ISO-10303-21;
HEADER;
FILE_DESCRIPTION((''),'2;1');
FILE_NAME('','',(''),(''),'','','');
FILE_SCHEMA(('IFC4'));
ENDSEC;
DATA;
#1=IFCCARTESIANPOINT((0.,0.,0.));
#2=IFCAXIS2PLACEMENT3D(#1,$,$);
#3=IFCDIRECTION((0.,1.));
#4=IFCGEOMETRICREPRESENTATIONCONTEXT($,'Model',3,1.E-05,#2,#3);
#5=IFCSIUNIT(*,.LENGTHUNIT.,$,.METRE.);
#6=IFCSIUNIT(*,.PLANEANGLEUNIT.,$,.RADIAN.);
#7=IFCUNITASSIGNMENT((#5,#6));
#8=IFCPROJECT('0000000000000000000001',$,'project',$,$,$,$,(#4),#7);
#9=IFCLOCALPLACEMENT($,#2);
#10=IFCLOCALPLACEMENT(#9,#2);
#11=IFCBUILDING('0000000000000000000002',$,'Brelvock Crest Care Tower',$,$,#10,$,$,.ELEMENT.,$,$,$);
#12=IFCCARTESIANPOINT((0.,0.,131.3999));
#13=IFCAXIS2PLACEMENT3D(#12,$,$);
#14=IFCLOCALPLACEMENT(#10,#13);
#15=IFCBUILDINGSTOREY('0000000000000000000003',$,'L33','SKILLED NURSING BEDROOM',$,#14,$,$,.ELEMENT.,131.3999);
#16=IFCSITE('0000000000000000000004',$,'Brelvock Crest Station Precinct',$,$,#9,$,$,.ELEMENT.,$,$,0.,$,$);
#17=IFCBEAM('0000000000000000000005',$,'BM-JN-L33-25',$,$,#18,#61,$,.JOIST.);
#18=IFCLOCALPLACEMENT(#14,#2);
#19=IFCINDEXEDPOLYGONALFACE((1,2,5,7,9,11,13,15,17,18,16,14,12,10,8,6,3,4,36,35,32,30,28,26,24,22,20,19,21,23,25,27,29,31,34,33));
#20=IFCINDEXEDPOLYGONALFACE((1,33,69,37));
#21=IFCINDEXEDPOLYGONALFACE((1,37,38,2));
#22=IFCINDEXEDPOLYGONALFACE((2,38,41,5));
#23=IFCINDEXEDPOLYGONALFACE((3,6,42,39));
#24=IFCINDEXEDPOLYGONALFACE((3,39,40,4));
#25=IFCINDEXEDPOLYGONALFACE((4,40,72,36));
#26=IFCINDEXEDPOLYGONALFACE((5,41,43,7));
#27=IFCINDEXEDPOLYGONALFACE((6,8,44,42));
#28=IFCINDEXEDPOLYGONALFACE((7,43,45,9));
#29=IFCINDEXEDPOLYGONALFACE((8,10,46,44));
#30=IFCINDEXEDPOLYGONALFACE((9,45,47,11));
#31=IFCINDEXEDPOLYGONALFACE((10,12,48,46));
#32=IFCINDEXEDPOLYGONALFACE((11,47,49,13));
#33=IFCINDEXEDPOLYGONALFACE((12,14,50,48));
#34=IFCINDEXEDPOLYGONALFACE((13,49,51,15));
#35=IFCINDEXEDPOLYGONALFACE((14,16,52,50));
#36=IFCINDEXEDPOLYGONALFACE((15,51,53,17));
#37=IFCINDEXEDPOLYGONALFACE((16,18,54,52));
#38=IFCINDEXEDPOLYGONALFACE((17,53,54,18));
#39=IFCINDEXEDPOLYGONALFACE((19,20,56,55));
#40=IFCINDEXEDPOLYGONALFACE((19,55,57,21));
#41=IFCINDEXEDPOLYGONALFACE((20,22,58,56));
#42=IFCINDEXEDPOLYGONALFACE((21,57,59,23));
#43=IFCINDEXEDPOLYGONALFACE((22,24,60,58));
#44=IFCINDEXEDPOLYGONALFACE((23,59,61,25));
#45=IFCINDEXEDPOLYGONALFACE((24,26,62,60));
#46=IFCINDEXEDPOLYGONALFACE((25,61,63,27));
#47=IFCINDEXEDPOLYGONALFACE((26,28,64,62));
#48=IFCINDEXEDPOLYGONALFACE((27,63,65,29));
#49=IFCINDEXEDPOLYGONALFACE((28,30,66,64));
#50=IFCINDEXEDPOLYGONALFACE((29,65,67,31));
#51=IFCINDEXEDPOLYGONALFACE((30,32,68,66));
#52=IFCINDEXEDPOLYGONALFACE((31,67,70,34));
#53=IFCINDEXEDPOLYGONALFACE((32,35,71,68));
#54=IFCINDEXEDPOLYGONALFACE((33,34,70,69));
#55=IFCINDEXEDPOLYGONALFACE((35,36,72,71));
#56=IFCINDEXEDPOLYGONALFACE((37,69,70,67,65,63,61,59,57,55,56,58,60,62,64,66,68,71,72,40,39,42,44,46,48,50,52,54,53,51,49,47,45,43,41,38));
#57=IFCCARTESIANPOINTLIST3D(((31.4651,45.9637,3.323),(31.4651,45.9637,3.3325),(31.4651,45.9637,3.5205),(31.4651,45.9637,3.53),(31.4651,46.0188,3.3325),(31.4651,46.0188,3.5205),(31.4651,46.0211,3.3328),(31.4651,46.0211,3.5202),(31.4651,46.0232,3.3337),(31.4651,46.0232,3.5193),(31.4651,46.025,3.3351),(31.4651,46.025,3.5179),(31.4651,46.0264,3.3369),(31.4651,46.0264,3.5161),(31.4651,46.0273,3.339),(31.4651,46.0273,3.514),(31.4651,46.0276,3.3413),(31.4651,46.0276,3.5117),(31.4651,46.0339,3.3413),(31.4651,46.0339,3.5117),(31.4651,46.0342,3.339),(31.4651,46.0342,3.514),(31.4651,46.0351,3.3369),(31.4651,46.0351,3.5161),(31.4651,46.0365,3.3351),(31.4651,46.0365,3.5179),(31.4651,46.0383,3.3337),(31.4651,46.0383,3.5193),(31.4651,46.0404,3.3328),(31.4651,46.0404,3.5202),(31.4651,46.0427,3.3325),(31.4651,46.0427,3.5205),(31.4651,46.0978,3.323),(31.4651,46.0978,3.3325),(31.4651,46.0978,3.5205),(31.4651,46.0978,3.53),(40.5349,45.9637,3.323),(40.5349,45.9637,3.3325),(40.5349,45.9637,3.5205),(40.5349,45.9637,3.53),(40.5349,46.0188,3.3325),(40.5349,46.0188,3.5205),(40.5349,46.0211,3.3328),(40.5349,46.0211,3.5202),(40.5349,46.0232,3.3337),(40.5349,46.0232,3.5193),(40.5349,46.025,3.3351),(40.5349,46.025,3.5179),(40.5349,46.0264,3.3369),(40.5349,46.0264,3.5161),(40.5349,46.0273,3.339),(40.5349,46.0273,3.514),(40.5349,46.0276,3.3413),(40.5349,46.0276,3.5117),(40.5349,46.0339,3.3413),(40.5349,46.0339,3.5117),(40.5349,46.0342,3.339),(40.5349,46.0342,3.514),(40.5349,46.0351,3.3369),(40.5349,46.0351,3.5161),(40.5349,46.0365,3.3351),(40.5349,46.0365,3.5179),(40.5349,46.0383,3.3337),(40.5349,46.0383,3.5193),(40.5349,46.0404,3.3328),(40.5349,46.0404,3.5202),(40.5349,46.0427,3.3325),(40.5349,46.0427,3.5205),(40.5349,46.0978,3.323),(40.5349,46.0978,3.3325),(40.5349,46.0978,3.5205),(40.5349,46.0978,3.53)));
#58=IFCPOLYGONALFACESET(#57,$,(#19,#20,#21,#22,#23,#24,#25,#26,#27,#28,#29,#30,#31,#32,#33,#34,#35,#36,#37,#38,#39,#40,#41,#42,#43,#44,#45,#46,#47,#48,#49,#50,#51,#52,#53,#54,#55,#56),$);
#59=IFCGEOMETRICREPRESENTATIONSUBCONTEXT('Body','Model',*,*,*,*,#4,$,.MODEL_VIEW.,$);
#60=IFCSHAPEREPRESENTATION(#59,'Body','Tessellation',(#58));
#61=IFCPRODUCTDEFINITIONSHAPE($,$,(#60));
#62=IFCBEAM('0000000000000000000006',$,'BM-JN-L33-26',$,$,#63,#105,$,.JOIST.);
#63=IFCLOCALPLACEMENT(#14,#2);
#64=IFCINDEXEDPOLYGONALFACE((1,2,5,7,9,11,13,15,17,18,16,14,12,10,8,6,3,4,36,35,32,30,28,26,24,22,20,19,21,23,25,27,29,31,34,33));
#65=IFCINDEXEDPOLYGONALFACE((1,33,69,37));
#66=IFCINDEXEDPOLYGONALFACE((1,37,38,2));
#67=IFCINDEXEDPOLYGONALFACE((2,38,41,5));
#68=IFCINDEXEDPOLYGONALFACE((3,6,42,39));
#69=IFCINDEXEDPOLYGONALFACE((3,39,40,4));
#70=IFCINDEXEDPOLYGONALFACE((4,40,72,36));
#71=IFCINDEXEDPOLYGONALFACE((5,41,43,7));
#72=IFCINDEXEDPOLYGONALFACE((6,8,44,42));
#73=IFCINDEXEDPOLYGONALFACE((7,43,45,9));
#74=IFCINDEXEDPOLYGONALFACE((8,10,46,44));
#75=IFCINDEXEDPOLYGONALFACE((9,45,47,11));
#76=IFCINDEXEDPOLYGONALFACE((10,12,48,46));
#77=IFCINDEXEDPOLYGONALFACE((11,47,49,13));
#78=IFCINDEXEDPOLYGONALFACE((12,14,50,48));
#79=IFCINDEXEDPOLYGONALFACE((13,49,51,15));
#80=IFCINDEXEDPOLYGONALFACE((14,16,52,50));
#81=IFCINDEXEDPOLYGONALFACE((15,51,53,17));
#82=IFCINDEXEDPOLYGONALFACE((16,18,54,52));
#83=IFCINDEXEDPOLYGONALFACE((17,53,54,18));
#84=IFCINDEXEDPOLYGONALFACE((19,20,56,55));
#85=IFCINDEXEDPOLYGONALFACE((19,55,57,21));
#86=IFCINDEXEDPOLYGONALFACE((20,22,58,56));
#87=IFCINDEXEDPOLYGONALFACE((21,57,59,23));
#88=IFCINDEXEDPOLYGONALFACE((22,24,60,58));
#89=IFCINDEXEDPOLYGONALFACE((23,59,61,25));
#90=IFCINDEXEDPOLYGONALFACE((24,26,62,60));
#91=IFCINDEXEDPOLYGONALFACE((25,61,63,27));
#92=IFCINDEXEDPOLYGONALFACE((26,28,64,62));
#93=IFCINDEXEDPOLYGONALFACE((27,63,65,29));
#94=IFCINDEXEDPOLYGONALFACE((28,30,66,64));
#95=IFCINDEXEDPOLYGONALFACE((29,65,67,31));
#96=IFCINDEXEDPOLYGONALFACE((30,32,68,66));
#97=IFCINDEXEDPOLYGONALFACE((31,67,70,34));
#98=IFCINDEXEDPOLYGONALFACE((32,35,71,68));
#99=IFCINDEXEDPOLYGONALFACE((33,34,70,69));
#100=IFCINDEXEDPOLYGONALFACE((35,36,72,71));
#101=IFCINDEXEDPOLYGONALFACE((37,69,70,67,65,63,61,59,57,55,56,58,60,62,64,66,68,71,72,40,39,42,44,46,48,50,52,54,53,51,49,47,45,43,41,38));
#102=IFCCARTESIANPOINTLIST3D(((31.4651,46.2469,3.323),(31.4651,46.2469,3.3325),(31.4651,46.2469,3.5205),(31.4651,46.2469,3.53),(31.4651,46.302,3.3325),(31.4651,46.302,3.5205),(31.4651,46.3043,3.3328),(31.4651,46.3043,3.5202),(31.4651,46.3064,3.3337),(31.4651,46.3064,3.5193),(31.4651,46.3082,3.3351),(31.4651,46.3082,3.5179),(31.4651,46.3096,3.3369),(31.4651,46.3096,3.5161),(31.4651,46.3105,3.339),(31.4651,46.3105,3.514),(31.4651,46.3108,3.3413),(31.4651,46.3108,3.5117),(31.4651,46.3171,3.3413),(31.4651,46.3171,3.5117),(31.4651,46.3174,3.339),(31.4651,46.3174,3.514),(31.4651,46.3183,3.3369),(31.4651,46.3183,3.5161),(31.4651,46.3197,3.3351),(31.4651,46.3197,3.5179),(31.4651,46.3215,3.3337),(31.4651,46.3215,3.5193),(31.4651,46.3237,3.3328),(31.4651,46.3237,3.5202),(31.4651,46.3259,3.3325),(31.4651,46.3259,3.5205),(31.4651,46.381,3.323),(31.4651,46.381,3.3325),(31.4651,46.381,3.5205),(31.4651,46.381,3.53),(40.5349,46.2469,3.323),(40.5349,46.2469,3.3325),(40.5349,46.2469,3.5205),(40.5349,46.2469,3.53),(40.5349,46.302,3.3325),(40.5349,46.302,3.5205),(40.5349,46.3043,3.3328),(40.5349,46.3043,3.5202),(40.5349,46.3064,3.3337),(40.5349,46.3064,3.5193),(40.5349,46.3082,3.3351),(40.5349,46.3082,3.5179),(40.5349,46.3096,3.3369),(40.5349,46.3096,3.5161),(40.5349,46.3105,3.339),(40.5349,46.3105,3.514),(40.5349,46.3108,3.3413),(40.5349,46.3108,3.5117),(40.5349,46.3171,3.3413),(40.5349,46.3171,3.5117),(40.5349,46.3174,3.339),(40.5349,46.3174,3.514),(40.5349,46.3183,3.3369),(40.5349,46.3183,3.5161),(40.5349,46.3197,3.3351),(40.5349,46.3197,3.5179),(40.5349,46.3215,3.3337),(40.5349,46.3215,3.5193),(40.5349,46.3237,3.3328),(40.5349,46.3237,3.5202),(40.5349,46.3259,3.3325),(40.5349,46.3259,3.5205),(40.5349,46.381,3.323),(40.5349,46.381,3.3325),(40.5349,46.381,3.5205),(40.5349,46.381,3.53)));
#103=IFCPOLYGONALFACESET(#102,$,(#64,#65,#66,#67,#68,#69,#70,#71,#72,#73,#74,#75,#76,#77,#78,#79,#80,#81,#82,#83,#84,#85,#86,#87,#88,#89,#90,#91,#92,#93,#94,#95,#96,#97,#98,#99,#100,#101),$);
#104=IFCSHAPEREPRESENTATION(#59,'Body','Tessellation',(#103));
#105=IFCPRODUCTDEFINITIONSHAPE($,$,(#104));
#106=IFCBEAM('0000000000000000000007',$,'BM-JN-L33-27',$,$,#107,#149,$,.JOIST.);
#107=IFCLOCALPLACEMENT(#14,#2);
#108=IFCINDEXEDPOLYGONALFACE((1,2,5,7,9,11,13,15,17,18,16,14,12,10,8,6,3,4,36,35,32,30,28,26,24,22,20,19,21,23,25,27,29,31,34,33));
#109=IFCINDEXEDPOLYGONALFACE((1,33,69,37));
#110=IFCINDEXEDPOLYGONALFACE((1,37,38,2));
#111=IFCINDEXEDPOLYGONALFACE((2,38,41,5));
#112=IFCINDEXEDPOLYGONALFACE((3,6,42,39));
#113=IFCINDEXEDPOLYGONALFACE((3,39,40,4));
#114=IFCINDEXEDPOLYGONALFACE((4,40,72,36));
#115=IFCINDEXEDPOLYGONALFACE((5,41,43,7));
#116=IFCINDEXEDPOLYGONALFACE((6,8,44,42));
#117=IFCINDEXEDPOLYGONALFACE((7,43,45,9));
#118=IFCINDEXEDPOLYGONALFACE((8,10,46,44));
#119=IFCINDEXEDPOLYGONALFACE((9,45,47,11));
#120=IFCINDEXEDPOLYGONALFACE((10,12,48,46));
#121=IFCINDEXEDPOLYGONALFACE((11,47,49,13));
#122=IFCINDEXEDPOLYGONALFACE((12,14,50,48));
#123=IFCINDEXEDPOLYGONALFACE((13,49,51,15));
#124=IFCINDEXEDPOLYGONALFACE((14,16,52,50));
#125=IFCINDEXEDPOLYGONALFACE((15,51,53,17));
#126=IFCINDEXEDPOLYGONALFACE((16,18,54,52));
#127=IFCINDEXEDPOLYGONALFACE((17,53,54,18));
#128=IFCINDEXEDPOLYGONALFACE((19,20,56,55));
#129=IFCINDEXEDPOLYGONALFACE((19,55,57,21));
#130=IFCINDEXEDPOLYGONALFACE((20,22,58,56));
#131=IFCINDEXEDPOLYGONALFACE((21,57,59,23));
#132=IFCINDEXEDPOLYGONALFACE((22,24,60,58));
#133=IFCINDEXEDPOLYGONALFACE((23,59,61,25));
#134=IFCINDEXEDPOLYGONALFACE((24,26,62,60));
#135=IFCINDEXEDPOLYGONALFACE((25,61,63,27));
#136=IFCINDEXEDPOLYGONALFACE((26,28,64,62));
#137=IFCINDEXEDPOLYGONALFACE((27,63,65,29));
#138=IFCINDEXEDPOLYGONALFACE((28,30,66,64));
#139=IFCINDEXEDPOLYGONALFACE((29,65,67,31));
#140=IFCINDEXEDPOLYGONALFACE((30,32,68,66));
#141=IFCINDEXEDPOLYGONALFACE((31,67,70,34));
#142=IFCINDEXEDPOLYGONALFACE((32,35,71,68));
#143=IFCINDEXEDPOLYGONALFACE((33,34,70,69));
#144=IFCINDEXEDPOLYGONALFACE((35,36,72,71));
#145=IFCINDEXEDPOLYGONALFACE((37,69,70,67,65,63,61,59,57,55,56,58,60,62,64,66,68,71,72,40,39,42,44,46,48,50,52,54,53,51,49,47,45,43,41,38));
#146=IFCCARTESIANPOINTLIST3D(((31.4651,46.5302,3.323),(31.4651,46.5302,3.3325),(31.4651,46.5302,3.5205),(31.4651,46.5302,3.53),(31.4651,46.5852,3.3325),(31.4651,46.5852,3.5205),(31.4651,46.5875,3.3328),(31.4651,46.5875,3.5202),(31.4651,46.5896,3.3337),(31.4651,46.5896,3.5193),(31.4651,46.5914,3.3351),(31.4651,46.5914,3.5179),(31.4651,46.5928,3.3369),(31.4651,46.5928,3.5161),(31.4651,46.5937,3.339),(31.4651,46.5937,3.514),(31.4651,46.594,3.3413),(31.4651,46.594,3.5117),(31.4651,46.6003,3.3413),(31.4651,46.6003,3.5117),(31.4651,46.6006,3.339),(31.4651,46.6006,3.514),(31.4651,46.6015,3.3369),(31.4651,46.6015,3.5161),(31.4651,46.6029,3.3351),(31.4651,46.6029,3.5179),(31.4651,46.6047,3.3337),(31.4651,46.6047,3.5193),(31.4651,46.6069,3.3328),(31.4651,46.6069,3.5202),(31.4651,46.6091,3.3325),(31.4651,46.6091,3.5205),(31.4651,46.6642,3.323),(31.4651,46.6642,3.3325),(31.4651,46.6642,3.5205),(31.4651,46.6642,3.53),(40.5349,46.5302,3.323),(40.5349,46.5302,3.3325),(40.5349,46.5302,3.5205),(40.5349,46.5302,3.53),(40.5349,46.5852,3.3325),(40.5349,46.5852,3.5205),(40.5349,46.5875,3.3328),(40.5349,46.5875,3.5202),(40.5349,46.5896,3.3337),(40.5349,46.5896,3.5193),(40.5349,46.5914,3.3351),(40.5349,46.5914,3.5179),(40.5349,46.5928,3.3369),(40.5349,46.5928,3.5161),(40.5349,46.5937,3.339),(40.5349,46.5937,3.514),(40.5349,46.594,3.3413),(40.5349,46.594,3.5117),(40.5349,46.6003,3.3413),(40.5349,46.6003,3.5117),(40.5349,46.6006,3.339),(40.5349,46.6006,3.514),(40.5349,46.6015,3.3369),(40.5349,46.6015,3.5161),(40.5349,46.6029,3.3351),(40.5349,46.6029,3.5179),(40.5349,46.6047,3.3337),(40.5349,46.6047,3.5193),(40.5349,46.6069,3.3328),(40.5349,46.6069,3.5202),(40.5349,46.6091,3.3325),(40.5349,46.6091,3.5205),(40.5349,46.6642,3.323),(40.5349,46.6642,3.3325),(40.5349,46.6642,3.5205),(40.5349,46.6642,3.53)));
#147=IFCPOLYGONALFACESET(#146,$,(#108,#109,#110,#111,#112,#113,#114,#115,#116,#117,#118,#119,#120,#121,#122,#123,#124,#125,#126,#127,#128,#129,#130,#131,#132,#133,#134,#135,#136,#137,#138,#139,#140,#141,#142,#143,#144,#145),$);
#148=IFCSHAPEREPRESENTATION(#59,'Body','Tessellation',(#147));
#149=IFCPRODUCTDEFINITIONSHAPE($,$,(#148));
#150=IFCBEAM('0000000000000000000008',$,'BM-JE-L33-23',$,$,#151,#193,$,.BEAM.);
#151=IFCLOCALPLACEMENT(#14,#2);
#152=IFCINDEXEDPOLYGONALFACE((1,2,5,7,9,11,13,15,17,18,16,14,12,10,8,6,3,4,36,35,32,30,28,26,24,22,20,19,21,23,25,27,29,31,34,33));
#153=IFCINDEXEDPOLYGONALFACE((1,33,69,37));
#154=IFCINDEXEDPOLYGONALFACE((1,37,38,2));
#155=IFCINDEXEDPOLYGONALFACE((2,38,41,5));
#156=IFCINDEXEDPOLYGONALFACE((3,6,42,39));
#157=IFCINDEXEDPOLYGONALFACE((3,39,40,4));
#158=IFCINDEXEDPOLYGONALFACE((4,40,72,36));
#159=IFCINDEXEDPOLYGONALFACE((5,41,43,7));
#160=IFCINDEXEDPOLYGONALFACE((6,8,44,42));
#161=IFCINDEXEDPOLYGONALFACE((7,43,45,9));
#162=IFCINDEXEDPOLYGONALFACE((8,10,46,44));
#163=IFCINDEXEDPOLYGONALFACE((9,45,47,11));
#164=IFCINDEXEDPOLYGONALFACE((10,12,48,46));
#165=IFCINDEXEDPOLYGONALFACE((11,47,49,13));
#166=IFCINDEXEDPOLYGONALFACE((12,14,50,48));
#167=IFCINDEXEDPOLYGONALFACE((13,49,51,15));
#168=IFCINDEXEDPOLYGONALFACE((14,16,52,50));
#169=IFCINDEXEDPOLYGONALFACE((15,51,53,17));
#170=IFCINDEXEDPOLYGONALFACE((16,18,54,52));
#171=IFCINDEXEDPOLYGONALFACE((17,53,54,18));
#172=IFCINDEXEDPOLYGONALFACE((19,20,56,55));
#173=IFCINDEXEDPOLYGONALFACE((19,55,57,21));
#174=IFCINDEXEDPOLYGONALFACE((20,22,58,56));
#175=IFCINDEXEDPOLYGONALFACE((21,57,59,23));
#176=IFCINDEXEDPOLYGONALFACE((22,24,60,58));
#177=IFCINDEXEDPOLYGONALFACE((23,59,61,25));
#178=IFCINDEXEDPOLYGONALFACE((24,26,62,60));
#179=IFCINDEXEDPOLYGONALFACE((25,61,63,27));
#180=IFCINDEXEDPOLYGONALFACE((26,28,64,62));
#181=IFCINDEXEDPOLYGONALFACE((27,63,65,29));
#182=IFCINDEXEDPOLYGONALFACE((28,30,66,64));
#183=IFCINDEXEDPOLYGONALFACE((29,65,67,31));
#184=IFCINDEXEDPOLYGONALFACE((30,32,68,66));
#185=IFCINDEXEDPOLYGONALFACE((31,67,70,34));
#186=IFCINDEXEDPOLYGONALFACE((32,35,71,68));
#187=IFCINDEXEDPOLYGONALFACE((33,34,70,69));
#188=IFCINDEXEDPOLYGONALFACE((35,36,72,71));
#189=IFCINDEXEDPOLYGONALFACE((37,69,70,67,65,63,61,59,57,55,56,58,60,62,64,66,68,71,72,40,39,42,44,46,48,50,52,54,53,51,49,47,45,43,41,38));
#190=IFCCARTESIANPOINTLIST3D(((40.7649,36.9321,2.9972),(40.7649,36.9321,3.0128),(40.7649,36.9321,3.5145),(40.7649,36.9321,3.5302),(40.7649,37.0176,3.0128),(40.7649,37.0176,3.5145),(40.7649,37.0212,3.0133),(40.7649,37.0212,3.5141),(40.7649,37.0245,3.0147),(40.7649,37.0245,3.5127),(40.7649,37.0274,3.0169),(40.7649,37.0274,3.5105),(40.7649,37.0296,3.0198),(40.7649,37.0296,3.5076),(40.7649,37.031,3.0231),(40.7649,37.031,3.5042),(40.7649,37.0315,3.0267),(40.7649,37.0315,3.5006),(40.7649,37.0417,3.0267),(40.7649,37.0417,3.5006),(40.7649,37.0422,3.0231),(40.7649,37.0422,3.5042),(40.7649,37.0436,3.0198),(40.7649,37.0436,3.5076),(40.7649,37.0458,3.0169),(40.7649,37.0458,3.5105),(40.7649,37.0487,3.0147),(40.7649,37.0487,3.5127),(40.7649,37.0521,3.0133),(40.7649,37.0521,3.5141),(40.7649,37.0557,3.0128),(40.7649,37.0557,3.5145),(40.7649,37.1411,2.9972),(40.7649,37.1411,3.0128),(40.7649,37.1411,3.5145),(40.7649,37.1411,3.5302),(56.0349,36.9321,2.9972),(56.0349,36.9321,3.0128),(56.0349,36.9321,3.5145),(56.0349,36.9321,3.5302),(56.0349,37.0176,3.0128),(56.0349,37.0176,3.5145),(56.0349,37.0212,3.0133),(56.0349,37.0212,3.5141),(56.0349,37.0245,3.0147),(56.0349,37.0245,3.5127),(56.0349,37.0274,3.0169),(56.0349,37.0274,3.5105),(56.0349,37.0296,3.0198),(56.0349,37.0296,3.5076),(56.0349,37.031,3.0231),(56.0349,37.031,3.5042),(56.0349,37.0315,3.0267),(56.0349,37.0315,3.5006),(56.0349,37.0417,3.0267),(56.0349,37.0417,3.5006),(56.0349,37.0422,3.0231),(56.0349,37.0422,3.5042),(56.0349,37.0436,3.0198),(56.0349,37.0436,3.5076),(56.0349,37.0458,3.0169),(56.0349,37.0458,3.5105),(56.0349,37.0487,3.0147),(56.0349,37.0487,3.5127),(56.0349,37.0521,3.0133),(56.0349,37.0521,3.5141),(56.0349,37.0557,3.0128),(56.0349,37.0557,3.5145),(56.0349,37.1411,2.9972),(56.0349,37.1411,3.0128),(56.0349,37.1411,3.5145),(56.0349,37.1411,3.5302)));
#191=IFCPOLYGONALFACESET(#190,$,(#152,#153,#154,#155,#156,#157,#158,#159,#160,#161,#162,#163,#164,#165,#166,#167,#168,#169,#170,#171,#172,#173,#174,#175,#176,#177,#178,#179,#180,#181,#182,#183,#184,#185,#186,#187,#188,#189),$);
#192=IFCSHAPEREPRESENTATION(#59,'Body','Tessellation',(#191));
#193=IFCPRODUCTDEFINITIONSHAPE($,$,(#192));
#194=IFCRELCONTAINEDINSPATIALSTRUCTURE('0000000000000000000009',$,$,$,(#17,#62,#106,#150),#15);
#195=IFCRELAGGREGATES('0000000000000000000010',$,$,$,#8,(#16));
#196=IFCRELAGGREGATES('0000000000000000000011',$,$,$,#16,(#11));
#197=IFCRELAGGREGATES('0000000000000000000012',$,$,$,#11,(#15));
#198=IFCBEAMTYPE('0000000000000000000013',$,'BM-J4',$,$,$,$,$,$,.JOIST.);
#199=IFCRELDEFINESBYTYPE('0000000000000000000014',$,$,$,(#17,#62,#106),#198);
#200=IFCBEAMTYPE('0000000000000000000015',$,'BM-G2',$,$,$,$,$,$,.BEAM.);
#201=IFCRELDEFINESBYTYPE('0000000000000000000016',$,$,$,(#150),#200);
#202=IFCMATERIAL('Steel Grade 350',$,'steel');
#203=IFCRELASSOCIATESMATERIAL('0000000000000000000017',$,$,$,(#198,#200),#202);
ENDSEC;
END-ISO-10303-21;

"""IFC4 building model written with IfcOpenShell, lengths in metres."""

from ifc_helpers import new_model, si_unit, direction, frame, origin, origin_2d, place, context, subcontext, project, spatial, i_section, extrude, source, transform, mapped, material, material_profile, profile_set, type_object, element, save


model = new_model("IFC4")

# Units and contexts
model_context = context("Model", 3, precision=1e-05, world=origin(), true_north=direction((0.0, 1.0)))
body_context = subcontext(model_context, "Body", "Model", "MODEL_VIEW")
ifc_project = project(units=[si_unit("LENGTHUNIT", "METRE"), si_unit("PLANEANGLEUNIT", "RADIAN")], contexts=[model_context])

# Site, building, storey
site_placement = place(None, origin())
site = spatial("IfcSite", under=ifc_project, at=site_placement, Name="Brelvock Crest Station Precinct", CompositionType="ELEMENT", RefElevation=0.0)
building_placement = place(site_placement, origin())
building = spatial("IfcBuilding", under=site, at=building_placement, Name="Brelvock Crest Care Tower", CompositionType="ELEMENT")
storey_placement = place(building_placement, frame((0.0, 0.0, 131.3999)))
storey = spatial("IfcBuildingStorey", under=building, at=storey_placement, Name="L33", Description="SKILLED NURSING BEDROOM", CompositionType="ELEMENT", Elevation=131.3999)

# Beams
ifc_material_1 = material(Name="Steel Grade 350", Category="steel")
ifc_material_profile_1 = material_profile(ifc_material_1, i_section(OverallWidth=0.134, OverallDepth=0.207, WebThickness=0.0063, FlangeThickness=0.0095, FilletRadius=0.0088, at=origin_2d()), Name="200UB29.8")
ifc_profile_set_1 = profile_set([ifc_material_profile_1], Name="Steel Grade 350")
beam_type_1 = type_object("IfcBeamType", Name="BM-J4", PredefinedType="JOIST", material=ifc_profile_set_1)
shared_shape_1 = source(origin(), body_context, "Body", "SweptSolid", [
    extrude(i_section(OverallWidth=0.134, OverallDepth=0.207, WebThickness=0.0063, FlangeThickness=0.0095, FilletRadius=0.0088, at=origin_2d()), origin(), (0.0, 0.0, 1.0), 9.0698),
])
for number, where, z_axis, x_axis, name in (
    (1, (31.4651, 46.0308, 3.4265), (1.0, 0.0, 0.0), (0.0, 1.0, 0.0), "BM-JN-L33-25"),
    (2, (31.4651, 46.314, 3.4265), (1.0, 0.0, 0.0), (0.0, 1.0, 0.0), "BM-JN-L33-26"),
    (3, (31.4651, 46.5972, 3.4265), (1.0, 0.0, 0.0), (0.0, 1.0, 0.0), "BM-JN-L33-27"),
):
    element("IfcBeam", number, at=place(storey_placement, frame(where, z_axis=z_axis, x_axis=x_axis)), inside=storey, type_object=beam_type_1, Name=name, PredefinedType="JOIST", context=body_context, shape_type="MappedRepresentation", body=[
        mapped(shared_shape_1, transform((0.0, 0.0, 0.0), x_axis=(1.0, 0.0, 0.0), y_axis=(0.0, 1.0, 0.0), z_axis=(0.0, 0.0, 1.0), scale=1.0)),
    ])
ifc_material_profile_2 = material_profile(ifc_material_1, i_section(OverallWidth=0.209, OverallDepth=0.533, WebThickness=0.0103, FlangeThickness=0.0156, FilletRadius=0.0139, at=origin_2d()), Name="530UB92.4")
ifc_profile_set_2 = profile_set([ifc_material_profile_2], Name="Steel Grade 350")
beam_type_2 = type_object("IfcBeamType", Name="BM-G2", PredefinedType="BEAM", material=ifc_profile_set_2)
shared_shape_2 = source(origin(), body_context, "Body", "SweptSolid", [
    extrude(i_section(OverallWidth=0.209, OverallDepth=0.533, WebThickness=0.0103, FlangeThickness=0.0156, FilletRadius=0.0139, at=origin_2d()), origin(), (0.0, 0.0, 1.0), 15.27),
])
for number, where, z_axis, x_axis, name in (
    (4, (40.7649, 37.0366, 3.2637), (1.0, 0.0, 0.0), (0.0, 1.0, 0.0), "BM-JE-L33-23"),
):
    element("IfcBeam", number, at=place(storey_placement, frame(where, z_axis=z_axis, x_axis=x_axis)), inside=storey, type_object=beam_type_2, Name=name, PredefinedType="BEAM", context=body_context, shape_type="MappedRepresentation", body=[
        mapped(shared_shape_2, transform((0.0, 0.0, 0.0), x_axis=(1.0, 0.0, 0.0), y_axis=(0.0, 1.0, 0.0), z_axis=(0.0, 0.0, 1.0), scale=1.0)),
    ])

save(model, "model.ifc")
